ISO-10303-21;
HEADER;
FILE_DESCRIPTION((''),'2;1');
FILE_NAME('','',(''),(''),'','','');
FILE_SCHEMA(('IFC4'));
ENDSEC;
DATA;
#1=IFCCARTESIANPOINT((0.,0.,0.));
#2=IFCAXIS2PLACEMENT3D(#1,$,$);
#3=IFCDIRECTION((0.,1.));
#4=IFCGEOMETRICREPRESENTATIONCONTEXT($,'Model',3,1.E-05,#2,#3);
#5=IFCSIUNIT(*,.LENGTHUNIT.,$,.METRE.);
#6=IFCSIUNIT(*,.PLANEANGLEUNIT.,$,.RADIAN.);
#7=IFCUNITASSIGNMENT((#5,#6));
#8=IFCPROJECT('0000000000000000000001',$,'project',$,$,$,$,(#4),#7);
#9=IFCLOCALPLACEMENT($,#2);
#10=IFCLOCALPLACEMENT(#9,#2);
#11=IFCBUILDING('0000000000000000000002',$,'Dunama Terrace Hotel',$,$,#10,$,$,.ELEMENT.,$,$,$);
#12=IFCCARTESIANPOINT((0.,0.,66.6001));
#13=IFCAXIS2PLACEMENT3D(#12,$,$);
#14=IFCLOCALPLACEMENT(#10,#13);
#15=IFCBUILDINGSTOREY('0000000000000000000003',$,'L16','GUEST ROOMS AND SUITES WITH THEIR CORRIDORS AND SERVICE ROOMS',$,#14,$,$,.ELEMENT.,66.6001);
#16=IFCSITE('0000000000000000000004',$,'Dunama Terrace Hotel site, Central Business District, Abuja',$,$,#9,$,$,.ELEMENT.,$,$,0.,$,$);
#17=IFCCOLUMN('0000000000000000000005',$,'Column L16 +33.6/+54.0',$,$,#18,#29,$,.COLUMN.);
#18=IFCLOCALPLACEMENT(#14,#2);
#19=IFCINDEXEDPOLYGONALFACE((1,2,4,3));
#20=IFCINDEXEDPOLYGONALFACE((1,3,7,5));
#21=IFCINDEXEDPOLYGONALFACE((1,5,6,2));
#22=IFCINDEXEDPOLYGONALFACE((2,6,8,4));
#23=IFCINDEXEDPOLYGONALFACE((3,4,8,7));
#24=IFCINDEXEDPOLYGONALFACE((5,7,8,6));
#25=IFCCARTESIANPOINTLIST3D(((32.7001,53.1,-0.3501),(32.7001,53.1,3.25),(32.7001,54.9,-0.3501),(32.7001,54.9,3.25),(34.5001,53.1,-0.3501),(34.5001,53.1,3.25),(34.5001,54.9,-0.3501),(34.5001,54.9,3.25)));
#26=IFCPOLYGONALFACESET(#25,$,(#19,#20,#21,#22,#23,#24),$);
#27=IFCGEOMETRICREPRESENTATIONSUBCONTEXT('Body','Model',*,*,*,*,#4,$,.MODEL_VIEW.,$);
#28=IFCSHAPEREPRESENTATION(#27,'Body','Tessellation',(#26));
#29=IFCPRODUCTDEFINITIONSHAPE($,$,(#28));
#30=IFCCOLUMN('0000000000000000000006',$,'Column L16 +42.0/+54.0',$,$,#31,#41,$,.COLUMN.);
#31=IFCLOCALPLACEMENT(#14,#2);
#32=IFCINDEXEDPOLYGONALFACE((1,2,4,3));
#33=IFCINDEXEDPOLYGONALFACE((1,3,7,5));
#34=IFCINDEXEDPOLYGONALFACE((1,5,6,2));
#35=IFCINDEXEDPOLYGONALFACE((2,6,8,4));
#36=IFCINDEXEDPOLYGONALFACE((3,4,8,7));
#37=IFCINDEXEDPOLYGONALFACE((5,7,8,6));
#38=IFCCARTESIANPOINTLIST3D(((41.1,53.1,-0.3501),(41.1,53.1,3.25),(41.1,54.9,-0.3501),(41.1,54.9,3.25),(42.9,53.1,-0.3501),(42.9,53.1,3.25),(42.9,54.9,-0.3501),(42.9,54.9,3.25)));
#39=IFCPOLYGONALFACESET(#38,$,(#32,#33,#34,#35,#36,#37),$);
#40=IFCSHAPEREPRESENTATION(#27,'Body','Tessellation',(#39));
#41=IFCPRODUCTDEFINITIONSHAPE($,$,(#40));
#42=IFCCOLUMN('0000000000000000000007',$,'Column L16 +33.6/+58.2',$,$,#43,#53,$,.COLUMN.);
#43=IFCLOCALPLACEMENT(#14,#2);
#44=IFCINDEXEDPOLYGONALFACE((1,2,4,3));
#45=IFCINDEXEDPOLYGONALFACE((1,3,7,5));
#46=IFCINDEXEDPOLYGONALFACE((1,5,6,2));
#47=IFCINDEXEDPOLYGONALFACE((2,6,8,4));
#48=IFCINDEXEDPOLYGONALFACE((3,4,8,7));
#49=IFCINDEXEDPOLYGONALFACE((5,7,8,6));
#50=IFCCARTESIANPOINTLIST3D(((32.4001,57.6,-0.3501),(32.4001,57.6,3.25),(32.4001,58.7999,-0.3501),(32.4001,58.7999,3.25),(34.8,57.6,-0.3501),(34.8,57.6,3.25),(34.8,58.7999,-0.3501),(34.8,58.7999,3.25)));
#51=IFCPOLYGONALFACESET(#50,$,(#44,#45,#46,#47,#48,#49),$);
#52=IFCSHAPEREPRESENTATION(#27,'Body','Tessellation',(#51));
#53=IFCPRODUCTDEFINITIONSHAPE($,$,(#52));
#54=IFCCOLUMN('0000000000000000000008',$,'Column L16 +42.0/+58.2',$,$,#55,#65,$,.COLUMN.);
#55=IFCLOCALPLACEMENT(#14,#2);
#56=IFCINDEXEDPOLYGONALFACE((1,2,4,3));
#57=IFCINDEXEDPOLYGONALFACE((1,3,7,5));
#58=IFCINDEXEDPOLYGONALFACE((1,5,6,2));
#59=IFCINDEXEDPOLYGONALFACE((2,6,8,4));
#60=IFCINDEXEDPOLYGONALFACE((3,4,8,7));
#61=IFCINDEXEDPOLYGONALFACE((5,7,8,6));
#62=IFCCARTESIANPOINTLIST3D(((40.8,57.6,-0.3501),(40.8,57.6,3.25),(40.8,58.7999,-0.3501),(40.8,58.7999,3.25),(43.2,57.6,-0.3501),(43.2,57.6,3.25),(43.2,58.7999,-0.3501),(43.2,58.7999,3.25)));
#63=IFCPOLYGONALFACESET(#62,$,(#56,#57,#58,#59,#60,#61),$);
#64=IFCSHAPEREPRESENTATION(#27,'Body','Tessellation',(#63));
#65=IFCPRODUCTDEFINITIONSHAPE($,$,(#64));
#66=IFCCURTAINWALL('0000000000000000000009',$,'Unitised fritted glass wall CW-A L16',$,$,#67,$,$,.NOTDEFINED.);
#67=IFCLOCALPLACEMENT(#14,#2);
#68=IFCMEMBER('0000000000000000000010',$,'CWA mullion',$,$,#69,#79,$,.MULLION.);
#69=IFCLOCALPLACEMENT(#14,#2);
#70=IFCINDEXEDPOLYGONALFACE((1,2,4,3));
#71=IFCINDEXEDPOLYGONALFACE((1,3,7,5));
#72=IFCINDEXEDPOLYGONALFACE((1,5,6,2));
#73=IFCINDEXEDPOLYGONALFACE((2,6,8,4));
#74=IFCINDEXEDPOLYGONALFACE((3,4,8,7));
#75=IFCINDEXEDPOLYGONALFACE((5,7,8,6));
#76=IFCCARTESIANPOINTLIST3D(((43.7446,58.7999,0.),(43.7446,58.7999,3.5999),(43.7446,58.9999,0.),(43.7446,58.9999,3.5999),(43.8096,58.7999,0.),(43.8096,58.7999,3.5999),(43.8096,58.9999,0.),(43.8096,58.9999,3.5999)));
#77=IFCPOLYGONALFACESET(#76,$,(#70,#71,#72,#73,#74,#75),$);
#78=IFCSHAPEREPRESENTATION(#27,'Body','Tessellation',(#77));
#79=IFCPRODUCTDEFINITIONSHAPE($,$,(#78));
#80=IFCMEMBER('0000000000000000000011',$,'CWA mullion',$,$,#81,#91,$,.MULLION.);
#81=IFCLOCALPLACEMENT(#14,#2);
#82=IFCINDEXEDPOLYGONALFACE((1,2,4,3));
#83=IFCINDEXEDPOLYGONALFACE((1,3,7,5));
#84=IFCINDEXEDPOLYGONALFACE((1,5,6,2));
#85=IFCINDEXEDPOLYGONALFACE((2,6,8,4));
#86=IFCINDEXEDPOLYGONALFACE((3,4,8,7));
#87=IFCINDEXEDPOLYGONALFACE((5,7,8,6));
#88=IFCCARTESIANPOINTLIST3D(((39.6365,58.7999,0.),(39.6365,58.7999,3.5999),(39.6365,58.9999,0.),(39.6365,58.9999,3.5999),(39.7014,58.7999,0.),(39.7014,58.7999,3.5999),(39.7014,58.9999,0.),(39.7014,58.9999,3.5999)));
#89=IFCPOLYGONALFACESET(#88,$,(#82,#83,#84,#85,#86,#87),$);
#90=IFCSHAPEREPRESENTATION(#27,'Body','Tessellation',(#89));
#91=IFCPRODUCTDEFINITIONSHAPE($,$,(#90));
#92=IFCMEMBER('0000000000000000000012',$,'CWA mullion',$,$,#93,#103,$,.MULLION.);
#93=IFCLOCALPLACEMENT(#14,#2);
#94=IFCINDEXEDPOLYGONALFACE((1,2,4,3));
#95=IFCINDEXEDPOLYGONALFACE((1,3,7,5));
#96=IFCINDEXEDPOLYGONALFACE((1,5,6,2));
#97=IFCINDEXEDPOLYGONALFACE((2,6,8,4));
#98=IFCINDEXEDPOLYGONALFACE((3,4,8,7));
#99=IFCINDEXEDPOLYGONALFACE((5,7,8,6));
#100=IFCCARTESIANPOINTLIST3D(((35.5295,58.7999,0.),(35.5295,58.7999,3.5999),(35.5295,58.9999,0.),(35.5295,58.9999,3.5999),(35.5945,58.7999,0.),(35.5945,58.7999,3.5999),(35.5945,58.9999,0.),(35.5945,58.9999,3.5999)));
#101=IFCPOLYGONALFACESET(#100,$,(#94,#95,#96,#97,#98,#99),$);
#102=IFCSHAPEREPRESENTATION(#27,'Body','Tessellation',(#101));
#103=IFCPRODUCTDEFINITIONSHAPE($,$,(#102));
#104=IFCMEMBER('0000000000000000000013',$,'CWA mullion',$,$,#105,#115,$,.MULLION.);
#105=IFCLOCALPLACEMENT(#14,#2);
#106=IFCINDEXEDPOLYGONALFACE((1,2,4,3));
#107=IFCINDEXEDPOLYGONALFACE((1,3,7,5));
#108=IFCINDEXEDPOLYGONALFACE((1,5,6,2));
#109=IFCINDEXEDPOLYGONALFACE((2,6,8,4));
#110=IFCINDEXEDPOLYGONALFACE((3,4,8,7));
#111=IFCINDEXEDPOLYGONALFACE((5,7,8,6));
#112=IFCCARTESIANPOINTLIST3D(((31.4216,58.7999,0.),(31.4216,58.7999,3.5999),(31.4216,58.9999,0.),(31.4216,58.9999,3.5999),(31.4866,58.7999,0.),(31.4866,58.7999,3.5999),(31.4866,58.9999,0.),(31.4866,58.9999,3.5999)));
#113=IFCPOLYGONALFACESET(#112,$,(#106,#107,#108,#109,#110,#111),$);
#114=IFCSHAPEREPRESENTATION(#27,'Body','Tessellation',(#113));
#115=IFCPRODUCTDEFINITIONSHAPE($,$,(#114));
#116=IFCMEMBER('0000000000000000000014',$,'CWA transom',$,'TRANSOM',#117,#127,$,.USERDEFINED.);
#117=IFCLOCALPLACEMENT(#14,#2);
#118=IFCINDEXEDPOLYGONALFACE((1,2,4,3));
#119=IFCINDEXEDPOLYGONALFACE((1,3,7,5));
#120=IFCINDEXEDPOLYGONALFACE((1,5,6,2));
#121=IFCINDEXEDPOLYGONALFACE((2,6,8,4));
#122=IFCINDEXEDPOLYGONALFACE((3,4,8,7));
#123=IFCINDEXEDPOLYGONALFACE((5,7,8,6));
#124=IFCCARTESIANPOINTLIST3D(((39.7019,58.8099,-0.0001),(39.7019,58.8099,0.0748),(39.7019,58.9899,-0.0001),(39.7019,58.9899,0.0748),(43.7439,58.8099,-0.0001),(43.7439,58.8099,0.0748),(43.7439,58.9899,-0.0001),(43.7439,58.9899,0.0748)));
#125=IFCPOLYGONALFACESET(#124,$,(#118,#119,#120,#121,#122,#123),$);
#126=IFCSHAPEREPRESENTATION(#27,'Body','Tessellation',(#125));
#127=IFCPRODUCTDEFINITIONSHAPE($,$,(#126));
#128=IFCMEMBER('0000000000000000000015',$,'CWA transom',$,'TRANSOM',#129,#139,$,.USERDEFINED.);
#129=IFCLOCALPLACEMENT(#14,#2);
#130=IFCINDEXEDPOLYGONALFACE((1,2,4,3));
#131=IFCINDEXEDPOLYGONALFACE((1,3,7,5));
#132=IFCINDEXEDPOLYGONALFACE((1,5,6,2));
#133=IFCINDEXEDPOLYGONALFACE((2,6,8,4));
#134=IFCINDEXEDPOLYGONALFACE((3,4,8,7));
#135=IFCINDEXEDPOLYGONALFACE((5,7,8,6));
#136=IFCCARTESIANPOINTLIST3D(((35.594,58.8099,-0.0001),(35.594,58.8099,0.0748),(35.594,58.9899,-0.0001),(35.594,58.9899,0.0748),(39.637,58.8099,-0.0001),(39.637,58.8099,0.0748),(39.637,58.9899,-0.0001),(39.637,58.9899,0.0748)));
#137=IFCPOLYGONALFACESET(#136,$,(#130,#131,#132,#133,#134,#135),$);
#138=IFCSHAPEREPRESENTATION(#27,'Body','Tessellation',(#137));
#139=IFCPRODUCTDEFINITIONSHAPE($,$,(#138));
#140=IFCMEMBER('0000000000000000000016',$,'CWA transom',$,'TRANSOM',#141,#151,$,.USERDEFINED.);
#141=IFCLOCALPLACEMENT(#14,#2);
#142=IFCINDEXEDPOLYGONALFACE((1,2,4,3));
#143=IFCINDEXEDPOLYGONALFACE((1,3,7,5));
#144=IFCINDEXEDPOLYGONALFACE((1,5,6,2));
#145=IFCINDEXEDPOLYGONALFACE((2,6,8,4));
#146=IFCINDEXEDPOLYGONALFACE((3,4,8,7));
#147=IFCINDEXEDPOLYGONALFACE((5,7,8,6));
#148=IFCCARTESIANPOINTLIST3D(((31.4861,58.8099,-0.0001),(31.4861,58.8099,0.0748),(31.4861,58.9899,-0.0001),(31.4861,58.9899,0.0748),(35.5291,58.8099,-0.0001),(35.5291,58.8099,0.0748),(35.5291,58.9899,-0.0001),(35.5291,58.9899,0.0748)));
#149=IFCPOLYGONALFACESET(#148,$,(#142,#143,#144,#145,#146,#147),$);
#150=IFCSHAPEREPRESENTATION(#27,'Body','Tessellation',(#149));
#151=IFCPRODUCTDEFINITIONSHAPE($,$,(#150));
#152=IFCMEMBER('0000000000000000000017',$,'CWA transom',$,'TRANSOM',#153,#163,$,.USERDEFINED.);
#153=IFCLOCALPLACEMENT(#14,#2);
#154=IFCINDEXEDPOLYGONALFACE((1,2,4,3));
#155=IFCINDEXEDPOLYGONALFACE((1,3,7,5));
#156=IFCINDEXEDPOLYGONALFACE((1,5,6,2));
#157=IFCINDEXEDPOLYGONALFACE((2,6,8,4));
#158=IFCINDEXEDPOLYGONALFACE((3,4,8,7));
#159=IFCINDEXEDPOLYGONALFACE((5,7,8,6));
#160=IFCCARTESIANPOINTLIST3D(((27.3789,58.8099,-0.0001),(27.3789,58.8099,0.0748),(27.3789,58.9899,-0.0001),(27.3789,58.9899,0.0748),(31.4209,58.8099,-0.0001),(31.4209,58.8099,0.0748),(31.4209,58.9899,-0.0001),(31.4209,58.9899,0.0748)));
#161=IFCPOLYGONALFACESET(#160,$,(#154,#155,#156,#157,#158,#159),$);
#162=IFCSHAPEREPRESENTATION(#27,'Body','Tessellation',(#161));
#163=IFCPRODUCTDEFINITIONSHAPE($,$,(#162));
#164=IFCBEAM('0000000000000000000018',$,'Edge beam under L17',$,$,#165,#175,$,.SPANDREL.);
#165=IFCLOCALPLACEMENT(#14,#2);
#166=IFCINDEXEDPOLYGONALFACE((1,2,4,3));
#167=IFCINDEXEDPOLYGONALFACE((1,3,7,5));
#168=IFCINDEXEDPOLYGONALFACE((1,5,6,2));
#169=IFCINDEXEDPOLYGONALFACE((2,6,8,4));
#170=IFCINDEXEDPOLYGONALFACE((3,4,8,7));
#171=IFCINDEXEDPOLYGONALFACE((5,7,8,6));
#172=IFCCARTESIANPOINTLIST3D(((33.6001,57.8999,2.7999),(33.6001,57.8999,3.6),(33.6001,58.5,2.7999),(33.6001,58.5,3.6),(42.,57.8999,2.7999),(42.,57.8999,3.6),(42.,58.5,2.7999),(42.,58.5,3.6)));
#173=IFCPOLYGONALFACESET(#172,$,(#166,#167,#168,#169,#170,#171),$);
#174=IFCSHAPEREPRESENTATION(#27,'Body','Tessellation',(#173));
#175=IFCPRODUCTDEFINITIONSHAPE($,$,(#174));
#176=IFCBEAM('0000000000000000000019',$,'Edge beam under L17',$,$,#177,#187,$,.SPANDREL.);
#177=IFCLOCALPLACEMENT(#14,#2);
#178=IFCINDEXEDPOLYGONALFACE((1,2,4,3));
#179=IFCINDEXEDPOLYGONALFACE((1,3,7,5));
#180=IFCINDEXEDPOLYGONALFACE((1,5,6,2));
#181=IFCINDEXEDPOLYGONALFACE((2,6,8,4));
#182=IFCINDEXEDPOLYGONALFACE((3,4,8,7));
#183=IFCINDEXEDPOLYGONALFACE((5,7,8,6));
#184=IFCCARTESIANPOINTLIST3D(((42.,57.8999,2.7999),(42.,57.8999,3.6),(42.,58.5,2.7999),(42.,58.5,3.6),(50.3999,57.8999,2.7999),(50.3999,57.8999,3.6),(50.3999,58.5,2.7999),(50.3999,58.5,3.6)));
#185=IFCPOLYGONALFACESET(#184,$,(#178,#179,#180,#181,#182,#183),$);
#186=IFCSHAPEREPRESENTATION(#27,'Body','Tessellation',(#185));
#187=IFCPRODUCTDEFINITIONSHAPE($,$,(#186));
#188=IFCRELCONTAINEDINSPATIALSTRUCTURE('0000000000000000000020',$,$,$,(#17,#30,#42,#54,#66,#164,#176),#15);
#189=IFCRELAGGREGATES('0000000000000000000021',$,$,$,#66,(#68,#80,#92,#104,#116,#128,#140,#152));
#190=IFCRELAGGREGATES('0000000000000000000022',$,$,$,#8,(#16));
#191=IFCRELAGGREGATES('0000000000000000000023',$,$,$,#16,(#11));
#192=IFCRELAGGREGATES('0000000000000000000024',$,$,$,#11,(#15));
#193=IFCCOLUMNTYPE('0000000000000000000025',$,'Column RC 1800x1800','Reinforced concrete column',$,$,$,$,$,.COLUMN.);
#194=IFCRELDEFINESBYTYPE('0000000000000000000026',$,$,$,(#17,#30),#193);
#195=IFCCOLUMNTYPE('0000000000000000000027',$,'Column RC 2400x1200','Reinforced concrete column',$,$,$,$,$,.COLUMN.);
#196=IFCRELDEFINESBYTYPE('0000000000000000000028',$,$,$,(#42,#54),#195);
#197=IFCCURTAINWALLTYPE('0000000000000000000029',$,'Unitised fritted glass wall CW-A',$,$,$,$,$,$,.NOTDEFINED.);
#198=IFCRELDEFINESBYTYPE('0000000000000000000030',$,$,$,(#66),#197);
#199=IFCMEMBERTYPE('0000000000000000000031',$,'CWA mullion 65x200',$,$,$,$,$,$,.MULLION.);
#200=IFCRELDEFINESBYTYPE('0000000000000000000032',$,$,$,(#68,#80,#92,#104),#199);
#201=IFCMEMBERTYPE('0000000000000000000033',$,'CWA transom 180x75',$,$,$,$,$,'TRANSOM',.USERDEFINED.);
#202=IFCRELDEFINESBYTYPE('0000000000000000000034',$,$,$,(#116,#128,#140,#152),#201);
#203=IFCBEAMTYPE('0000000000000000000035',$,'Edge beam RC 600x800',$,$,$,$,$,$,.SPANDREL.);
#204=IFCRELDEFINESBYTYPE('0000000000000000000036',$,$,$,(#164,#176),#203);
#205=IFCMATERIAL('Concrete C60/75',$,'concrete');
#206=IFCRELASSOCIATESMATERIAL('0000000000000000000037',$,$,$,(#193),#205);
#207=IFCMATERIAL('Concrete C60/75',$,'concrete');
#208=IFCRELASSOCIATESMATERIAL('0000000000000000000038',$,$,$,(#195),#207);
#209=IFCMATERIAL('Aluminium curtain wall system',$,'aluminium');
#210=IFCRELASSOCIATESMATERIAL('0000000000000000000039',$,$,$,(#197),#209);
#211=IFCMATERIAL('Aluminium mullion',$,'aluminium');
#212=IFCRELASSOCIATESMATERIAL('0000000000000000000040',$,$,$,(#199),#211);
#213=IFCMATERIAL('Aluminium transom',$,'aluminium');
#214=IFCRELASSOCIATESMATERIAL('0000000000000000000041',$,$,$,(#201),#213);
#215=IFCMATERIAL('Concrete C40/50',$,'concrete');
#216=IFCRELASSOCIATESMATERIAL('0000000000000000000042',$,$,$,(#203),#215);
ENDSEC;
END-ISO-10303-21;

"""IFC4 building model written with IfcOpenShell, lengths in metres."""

from ifc_helpers import new_model, si_unit, direction, frame, origin, origin_2d, place, context, subcontext, project, spatial, rectangle, extrude, material, material_profile, profile_set, type_object, element, aggregate, save


model = new_model("IFC4")

# Units and contexts
model_context = context("Model", 3, precision=1e-05, world=origin(), true_north=direction((0.0, 1.0)))
body_context = subcontext(model_context, "Body", "Model", "MODEL_VIEW")
ifc_project = project(units=[si_unit("LENGTHUNIT", "METRE"), si_unit("PLANEANGLEUNIT", "RADIAN")], contexts=[model_context])

# Site, building, storey
site_placement = place(None, origin())
site = spatial("IfcSite", under=ifc_project, at=site_placement, Name="Dunama Terrace Hotel site, Central Business District, Abuja", CompositionType="ELEMENT", RefElevation=0.0)
building_placement = place(site_placement, origin())
building = spatial("IfcBuilding", under=site, at=building_placement, Name="Dunama Terrace Hotel", CompositionType="ELEMENT")
storey_placement = place(building_placement, frame((0.0, 0.0, 66.6001)))
storey = spatial("IfcBuildingStorey", under=building, at=storey_placement, Name="L16", Description="GUEST ROOMS AND SUITES WITH THEIR CORRIDORS AND SERVICE ROOMS", CompositionType="ELEMENT", Elevation=66.6001)

# Columns
ifc_material_1 = material(Name="Concrete C60/75", Category="concrete")
ifc_material_profile_1 = material_profile(ifc_material_1, rectangle(XDim=1.8, YDim=1.8, at=origin_2d()), Name="RC 1800x1800")
ifc_profile_set_1 = profile_set([ifc_material_profile_1], Name="Concrete C60/75")
column_type_1 = type_object("IfcColumnType", Name="Column RC 1800x1800", Description="Reinforced concrete column", PredefinedType="COLUMN", material=ifc_profile_set_1)
for number, where, z_axis, x_axis, name in (
    (1, (33.6001, 54.0, -0.3501), (0.0, 0.0, 1.0), (1.0, 0.0, 0.0), "Column L16 +33.6/+54.0"),
    (2, (42.0, 54.0, -0.3501), (0.0, 0.0, 1.0), (1.0, 0.0, 0.0), "Column L16 +42.0/+54.0"),
):
    element("IfcColumn", number, at=place(storey_placement, frame(where, z_axis=z_axis, x_axis=x_axis)), inside=storey, type_object=column_type_1, Name=name, PredefinedType="COLUMN", context=body_context, shape_type="SweptSolid", body=[
        extrude(rectangle(XDim=1.8, YDim=1.8, at=origin_2d()), origin(), (0.0, 0.0, 1.0), 3.6001),
    ])
ifc_material_2 = material(Name="Concrete C60/75", Category="concrete")
ifc_material_profile_2 = material_profile(ifc_material_2, rectangle(XDim=2.3999, YDim=1.2, at=origin_2d()), Name="RC 2400x1200")
ifc_profile_set_2 = profile_set([ifc_material_profile_2], Name="Concrete C60/75")
column_type_2 = type_object("IfcColumnType", Name="Column RC 2400x1200", Description="Reinforced concrete column", PredefinedType="COLUMN", material=ifc_profile_set_2)
for number, where, z_axis, x_axis, name in (
    (3, (33.6001, 58.2, -0.3501), (0.0, 0.0, 1.0), (1.0, 0.0, 0.0), "Column L16 +33.6/+58.2"),
    (4, (42.0, 58.2, -0.3501), (0.0, 0.0, 1.0), (1.0, 0.0, 0.0), "Column L16 +42.0/+58.2"),
):
    element("IfcColumn", number, at=place(storey_placement, frame(where, z_axis=z_axis, x_axis=x_axis)), inside=storey, type_object=column_type_2, Name=name, PredefinedType="COLUMN", context=body_context, shape_type="SweptSolid", body=[
        extrude(rectangle(XDim=2.3999, YDim=1.2, at=origin_2d()), origin(), (0.0, 0.0, 1.0), 3.6001),
    ])

# Curtain wall, members
ifc_material_3 = material(Name="Aluminium curtain wall system", Category="aluminium")
curtain_wall_type = type_object("IfcCurtainWallType", Name="Unitised fritted glass wall CW-A", PredefinedType="NOTDEFINED", material=ifc_material_3)
curtain_wall_placement = place(storey_placement, origin())
curtain_wall = element("IfcCurtainWall", 5, at=curtain_wall_placement, inside=storey, type_object=curtain_wall_type, Name="Unitised fritted glass wall CW-A L16", PredefinedType="NOTDEFINED")
ifc_material_4 = material(Name="Aluminium mullion", Category="aluminium")
ifc_material_profile_3 = material_profile(ifc_material_4, rectangle(XDim=0.0649, YDim=0.2, at=origin_2d()), Name="CWA MULLION 65X200")
ifc_profile_set_3 = profile_set([ifc_material_profile_3], Name="Aluminium mullion")
member_type_1 = type_object("IfcMemberType", Name="CWA mullion 65x200", PredefinedType="MULLION", material=ifc_profile_set_3)
member_1_placement = place(storey_placement, frame((43.7771, 58.8999, 0.0), z_axis=(0.0, 0.0, 1.0), x_axis=(-1.0, 0.0, 0.0)))
member_1 = element("IfcMember", 6, at=member_1_placement, type_object=member_type_1, Name="CWA mullion", PredefinedType="MULLION", context=body_context, shape_type="SweptSolid", body=[
    extrude(rectangle(XDim=0.0649, YDim=0.2, at=origin_2d()), origin(), (0.0, 0.0, 1.0), 3.5999),
])
member_2_placement = place(storey_placement, frame((39.6689, 58.8999, 0.0), z_axis=(0.0, 0.0, 1.0), x_axis=(-1.0, 0.0, 0.0)))
member_2 = element("IfcMember", 7, at=member_2_placement, type_object=member_type_1, Name="CWA mullion", PredefinedType="MULLION", context=body_context, shape_type="SweptSolid", body=[
    extrude(rectangle(XDim=0.0649, YDim=0.2, at=origin_2d()), origin(), (0.0, 0.0, 1.0), 3.5999),
])
member_3_placement = place(storey_placement, frame((35.562, 58.8999, 0.0), z_axis=(0.0, 0.0, 1.0), x_axis=(-1.0, 0.0, 0.0)))
member_3 = element("IfcMember", 8, at=member_3_placement, type_object=member_type_1, Name="CWA mullion", PredefinedType="MULLION", context=body_context, shape_type="SweptSolid", body=[
    extrude(rectangle(XDim=0.0649, YDim=0.2, at=origin_2d()), origin(), (0.0, 0.0, 1.0), 3.5999),
])
member_4_placement = place(storey_placement, frame((31.4541, 58.8999, 0.0), z_axis=(0.0, 0.0, 1.0), x_axis=(-1.0, 0.0, 0.0)))
member_4 = element("IfcMember", 9, at=member_4_placement, type_object=member_type_1, Name="CWA mullion", PredefinedType="MULLION", context=body_context, shape_type="SweptSolid", body=[
    extrude(rectangle(XDim=0.0649, YDim=0.2, at=origin_2d()), origin(), (0.0, 0.0, 1.0), 3.5999),
])
ifc_material_5 = material(Name="Aluminium transom", Category="aluminium")
ifc_material_profile_4 = material_profile(ifc_material_5, rectangle(XDim=0.1799, YDim=0.075, at=origin_2d()), Name="CWA TRANSOM 180X75")
ifc_profile_set_4 = profile_set([ifc_material_profile_4], Name="Aluminium transom")
member_type_2 = type_object("IfcMemberType", Name="CWA transom 180x75", ElementType="TRANSOM", PredefinedType="USERDEFINED", material=ifc_profile_set_4)
member_5_placement = place(storey_placement, frame((43.7439, 58.8999, 0.0374), z_axis=(-1.0, 0.0, 0.0), x_axis=(0.0, -1.0, 0.0)))
member_5 = element("IfcMember", 10, at=member_5_placement, type_object=member_type_2, Name="CWA transom", ObjectType="TRANSOM", PredefinedType="USERDEFINED", context=body_context, shape_type="SweptSolid", body=[
    extrude(rectangle(XDim=0.1799, YDim=0.075, at=origin_2d()), origin(), (0.0, 0.0, 1.0), 4.042),
])
member_6_placement = place(storey_placement, frame((39.637, 58.8999, 0.0374), z_axis=(-1.0, 0.0, 0.0), x_axis=(0.0, -1.0, 0.0)))
member_6 = element("IfcMember", 11, at=member_6_placement, type_object=member_type_2, Name="CWA transom", ObjectType="TRANSOM", PredefinedType="USERDEFINED", context=body_context, shape_type="SweptSolid", body=[
    extrude(rectangle(XDim=0.1799, YDim=0.075, at=origin_2d()), origin(), (0.0, 0.0, 1.0), 4.043),
])
member_7_placement = place(storey_placement, frame((35.5291, 58.8999, 0.0374), z_axis=(-1.0, 0.0, 0.0), x_axis=(0.0, -1.0, 0.0)))
member_7 = element("IfcMember", 12, at=member_7_placement, type_object=member_type_2, Name="CWA transom", ObjectType="TRANSOM", PredefinedType="USERDEFINED", context=body_context, shape_type="SweptSolid", body=[
    extrude(rectangle(XDim=0.1799, YDim=0.075, at=origin_2d()), origin(), (0.0, 0.0, 1.0), 4.043),
])
member_8_placement = place(storey_placement, frame((31.4209, 58.8999, 0.0374), z_axis=(-1.0, 0.0, 0.0), x_axis=(0.0, -1.0, 0.0)))
member_8 = element("IfcMember", 13, at=member_8_placement, type_object=member_type_2, Name="CWA transom", ObjectType="TRANSOM", PredefinedType="USERDEFINED", context=body_context, shape_type="SweptSolid", body=[
    extrude(rectangle(XDim=0.1799, YDim=0.075, at=origin_2d()), origin(), (0.0, 0.0, 1.0), 4.042),
])

# Beams
ifc_material_6 = material(Name="Concrete C40/50", Category="concrete")
ifc_material_profile_5 = material_profile(ifc_material_6, rectangle(XDim=0.6001, YDim=0.8, at=origin_2d()), Name="RC 600x800")
ifc_profile_set_5 = profile_set([ifc_material_profile_5], Name="Concrete C40/50")
beam_type = type_object("IfcBeamType", Name="Edge beam RC 600x800", PredefinedType="SPANDREL", material=ifc_profile_set_5)
for number, where, z_axis, x_axis, name in (
    (14, (33.6001, 58.2, 3.2), (1.0, 0.0, 0.0), (0.0, 1.0, 0.0), "Edge beam under L17"),
    (15, (42.0, 58.2, 3.2), (1.0, 0.0, 0.0), (0.0, 1.0, 0.0), "Edge beam under L17"),
):
    element("IfcBeam", number, at=place(storey_placement, frame(where, z_axis=z_axis, x_axis=x_axis)), inside=storey, type_object=beam_type, Name=name, PredefinedType="SPANDREL", context=body_context, shape_type="SweptSolid", body=[
        extrude(rectangle(XDim=0.6001, YDim=0.8, at=origin_2d()), origin(), (0.0, 0.0, 1.0), 8.3999),
    ])

aggregate(curtain_wall, [member_1, member_2, member_3, member_4, member_5, member_6, member_7, member_8])

save(model, "model.ifc")
